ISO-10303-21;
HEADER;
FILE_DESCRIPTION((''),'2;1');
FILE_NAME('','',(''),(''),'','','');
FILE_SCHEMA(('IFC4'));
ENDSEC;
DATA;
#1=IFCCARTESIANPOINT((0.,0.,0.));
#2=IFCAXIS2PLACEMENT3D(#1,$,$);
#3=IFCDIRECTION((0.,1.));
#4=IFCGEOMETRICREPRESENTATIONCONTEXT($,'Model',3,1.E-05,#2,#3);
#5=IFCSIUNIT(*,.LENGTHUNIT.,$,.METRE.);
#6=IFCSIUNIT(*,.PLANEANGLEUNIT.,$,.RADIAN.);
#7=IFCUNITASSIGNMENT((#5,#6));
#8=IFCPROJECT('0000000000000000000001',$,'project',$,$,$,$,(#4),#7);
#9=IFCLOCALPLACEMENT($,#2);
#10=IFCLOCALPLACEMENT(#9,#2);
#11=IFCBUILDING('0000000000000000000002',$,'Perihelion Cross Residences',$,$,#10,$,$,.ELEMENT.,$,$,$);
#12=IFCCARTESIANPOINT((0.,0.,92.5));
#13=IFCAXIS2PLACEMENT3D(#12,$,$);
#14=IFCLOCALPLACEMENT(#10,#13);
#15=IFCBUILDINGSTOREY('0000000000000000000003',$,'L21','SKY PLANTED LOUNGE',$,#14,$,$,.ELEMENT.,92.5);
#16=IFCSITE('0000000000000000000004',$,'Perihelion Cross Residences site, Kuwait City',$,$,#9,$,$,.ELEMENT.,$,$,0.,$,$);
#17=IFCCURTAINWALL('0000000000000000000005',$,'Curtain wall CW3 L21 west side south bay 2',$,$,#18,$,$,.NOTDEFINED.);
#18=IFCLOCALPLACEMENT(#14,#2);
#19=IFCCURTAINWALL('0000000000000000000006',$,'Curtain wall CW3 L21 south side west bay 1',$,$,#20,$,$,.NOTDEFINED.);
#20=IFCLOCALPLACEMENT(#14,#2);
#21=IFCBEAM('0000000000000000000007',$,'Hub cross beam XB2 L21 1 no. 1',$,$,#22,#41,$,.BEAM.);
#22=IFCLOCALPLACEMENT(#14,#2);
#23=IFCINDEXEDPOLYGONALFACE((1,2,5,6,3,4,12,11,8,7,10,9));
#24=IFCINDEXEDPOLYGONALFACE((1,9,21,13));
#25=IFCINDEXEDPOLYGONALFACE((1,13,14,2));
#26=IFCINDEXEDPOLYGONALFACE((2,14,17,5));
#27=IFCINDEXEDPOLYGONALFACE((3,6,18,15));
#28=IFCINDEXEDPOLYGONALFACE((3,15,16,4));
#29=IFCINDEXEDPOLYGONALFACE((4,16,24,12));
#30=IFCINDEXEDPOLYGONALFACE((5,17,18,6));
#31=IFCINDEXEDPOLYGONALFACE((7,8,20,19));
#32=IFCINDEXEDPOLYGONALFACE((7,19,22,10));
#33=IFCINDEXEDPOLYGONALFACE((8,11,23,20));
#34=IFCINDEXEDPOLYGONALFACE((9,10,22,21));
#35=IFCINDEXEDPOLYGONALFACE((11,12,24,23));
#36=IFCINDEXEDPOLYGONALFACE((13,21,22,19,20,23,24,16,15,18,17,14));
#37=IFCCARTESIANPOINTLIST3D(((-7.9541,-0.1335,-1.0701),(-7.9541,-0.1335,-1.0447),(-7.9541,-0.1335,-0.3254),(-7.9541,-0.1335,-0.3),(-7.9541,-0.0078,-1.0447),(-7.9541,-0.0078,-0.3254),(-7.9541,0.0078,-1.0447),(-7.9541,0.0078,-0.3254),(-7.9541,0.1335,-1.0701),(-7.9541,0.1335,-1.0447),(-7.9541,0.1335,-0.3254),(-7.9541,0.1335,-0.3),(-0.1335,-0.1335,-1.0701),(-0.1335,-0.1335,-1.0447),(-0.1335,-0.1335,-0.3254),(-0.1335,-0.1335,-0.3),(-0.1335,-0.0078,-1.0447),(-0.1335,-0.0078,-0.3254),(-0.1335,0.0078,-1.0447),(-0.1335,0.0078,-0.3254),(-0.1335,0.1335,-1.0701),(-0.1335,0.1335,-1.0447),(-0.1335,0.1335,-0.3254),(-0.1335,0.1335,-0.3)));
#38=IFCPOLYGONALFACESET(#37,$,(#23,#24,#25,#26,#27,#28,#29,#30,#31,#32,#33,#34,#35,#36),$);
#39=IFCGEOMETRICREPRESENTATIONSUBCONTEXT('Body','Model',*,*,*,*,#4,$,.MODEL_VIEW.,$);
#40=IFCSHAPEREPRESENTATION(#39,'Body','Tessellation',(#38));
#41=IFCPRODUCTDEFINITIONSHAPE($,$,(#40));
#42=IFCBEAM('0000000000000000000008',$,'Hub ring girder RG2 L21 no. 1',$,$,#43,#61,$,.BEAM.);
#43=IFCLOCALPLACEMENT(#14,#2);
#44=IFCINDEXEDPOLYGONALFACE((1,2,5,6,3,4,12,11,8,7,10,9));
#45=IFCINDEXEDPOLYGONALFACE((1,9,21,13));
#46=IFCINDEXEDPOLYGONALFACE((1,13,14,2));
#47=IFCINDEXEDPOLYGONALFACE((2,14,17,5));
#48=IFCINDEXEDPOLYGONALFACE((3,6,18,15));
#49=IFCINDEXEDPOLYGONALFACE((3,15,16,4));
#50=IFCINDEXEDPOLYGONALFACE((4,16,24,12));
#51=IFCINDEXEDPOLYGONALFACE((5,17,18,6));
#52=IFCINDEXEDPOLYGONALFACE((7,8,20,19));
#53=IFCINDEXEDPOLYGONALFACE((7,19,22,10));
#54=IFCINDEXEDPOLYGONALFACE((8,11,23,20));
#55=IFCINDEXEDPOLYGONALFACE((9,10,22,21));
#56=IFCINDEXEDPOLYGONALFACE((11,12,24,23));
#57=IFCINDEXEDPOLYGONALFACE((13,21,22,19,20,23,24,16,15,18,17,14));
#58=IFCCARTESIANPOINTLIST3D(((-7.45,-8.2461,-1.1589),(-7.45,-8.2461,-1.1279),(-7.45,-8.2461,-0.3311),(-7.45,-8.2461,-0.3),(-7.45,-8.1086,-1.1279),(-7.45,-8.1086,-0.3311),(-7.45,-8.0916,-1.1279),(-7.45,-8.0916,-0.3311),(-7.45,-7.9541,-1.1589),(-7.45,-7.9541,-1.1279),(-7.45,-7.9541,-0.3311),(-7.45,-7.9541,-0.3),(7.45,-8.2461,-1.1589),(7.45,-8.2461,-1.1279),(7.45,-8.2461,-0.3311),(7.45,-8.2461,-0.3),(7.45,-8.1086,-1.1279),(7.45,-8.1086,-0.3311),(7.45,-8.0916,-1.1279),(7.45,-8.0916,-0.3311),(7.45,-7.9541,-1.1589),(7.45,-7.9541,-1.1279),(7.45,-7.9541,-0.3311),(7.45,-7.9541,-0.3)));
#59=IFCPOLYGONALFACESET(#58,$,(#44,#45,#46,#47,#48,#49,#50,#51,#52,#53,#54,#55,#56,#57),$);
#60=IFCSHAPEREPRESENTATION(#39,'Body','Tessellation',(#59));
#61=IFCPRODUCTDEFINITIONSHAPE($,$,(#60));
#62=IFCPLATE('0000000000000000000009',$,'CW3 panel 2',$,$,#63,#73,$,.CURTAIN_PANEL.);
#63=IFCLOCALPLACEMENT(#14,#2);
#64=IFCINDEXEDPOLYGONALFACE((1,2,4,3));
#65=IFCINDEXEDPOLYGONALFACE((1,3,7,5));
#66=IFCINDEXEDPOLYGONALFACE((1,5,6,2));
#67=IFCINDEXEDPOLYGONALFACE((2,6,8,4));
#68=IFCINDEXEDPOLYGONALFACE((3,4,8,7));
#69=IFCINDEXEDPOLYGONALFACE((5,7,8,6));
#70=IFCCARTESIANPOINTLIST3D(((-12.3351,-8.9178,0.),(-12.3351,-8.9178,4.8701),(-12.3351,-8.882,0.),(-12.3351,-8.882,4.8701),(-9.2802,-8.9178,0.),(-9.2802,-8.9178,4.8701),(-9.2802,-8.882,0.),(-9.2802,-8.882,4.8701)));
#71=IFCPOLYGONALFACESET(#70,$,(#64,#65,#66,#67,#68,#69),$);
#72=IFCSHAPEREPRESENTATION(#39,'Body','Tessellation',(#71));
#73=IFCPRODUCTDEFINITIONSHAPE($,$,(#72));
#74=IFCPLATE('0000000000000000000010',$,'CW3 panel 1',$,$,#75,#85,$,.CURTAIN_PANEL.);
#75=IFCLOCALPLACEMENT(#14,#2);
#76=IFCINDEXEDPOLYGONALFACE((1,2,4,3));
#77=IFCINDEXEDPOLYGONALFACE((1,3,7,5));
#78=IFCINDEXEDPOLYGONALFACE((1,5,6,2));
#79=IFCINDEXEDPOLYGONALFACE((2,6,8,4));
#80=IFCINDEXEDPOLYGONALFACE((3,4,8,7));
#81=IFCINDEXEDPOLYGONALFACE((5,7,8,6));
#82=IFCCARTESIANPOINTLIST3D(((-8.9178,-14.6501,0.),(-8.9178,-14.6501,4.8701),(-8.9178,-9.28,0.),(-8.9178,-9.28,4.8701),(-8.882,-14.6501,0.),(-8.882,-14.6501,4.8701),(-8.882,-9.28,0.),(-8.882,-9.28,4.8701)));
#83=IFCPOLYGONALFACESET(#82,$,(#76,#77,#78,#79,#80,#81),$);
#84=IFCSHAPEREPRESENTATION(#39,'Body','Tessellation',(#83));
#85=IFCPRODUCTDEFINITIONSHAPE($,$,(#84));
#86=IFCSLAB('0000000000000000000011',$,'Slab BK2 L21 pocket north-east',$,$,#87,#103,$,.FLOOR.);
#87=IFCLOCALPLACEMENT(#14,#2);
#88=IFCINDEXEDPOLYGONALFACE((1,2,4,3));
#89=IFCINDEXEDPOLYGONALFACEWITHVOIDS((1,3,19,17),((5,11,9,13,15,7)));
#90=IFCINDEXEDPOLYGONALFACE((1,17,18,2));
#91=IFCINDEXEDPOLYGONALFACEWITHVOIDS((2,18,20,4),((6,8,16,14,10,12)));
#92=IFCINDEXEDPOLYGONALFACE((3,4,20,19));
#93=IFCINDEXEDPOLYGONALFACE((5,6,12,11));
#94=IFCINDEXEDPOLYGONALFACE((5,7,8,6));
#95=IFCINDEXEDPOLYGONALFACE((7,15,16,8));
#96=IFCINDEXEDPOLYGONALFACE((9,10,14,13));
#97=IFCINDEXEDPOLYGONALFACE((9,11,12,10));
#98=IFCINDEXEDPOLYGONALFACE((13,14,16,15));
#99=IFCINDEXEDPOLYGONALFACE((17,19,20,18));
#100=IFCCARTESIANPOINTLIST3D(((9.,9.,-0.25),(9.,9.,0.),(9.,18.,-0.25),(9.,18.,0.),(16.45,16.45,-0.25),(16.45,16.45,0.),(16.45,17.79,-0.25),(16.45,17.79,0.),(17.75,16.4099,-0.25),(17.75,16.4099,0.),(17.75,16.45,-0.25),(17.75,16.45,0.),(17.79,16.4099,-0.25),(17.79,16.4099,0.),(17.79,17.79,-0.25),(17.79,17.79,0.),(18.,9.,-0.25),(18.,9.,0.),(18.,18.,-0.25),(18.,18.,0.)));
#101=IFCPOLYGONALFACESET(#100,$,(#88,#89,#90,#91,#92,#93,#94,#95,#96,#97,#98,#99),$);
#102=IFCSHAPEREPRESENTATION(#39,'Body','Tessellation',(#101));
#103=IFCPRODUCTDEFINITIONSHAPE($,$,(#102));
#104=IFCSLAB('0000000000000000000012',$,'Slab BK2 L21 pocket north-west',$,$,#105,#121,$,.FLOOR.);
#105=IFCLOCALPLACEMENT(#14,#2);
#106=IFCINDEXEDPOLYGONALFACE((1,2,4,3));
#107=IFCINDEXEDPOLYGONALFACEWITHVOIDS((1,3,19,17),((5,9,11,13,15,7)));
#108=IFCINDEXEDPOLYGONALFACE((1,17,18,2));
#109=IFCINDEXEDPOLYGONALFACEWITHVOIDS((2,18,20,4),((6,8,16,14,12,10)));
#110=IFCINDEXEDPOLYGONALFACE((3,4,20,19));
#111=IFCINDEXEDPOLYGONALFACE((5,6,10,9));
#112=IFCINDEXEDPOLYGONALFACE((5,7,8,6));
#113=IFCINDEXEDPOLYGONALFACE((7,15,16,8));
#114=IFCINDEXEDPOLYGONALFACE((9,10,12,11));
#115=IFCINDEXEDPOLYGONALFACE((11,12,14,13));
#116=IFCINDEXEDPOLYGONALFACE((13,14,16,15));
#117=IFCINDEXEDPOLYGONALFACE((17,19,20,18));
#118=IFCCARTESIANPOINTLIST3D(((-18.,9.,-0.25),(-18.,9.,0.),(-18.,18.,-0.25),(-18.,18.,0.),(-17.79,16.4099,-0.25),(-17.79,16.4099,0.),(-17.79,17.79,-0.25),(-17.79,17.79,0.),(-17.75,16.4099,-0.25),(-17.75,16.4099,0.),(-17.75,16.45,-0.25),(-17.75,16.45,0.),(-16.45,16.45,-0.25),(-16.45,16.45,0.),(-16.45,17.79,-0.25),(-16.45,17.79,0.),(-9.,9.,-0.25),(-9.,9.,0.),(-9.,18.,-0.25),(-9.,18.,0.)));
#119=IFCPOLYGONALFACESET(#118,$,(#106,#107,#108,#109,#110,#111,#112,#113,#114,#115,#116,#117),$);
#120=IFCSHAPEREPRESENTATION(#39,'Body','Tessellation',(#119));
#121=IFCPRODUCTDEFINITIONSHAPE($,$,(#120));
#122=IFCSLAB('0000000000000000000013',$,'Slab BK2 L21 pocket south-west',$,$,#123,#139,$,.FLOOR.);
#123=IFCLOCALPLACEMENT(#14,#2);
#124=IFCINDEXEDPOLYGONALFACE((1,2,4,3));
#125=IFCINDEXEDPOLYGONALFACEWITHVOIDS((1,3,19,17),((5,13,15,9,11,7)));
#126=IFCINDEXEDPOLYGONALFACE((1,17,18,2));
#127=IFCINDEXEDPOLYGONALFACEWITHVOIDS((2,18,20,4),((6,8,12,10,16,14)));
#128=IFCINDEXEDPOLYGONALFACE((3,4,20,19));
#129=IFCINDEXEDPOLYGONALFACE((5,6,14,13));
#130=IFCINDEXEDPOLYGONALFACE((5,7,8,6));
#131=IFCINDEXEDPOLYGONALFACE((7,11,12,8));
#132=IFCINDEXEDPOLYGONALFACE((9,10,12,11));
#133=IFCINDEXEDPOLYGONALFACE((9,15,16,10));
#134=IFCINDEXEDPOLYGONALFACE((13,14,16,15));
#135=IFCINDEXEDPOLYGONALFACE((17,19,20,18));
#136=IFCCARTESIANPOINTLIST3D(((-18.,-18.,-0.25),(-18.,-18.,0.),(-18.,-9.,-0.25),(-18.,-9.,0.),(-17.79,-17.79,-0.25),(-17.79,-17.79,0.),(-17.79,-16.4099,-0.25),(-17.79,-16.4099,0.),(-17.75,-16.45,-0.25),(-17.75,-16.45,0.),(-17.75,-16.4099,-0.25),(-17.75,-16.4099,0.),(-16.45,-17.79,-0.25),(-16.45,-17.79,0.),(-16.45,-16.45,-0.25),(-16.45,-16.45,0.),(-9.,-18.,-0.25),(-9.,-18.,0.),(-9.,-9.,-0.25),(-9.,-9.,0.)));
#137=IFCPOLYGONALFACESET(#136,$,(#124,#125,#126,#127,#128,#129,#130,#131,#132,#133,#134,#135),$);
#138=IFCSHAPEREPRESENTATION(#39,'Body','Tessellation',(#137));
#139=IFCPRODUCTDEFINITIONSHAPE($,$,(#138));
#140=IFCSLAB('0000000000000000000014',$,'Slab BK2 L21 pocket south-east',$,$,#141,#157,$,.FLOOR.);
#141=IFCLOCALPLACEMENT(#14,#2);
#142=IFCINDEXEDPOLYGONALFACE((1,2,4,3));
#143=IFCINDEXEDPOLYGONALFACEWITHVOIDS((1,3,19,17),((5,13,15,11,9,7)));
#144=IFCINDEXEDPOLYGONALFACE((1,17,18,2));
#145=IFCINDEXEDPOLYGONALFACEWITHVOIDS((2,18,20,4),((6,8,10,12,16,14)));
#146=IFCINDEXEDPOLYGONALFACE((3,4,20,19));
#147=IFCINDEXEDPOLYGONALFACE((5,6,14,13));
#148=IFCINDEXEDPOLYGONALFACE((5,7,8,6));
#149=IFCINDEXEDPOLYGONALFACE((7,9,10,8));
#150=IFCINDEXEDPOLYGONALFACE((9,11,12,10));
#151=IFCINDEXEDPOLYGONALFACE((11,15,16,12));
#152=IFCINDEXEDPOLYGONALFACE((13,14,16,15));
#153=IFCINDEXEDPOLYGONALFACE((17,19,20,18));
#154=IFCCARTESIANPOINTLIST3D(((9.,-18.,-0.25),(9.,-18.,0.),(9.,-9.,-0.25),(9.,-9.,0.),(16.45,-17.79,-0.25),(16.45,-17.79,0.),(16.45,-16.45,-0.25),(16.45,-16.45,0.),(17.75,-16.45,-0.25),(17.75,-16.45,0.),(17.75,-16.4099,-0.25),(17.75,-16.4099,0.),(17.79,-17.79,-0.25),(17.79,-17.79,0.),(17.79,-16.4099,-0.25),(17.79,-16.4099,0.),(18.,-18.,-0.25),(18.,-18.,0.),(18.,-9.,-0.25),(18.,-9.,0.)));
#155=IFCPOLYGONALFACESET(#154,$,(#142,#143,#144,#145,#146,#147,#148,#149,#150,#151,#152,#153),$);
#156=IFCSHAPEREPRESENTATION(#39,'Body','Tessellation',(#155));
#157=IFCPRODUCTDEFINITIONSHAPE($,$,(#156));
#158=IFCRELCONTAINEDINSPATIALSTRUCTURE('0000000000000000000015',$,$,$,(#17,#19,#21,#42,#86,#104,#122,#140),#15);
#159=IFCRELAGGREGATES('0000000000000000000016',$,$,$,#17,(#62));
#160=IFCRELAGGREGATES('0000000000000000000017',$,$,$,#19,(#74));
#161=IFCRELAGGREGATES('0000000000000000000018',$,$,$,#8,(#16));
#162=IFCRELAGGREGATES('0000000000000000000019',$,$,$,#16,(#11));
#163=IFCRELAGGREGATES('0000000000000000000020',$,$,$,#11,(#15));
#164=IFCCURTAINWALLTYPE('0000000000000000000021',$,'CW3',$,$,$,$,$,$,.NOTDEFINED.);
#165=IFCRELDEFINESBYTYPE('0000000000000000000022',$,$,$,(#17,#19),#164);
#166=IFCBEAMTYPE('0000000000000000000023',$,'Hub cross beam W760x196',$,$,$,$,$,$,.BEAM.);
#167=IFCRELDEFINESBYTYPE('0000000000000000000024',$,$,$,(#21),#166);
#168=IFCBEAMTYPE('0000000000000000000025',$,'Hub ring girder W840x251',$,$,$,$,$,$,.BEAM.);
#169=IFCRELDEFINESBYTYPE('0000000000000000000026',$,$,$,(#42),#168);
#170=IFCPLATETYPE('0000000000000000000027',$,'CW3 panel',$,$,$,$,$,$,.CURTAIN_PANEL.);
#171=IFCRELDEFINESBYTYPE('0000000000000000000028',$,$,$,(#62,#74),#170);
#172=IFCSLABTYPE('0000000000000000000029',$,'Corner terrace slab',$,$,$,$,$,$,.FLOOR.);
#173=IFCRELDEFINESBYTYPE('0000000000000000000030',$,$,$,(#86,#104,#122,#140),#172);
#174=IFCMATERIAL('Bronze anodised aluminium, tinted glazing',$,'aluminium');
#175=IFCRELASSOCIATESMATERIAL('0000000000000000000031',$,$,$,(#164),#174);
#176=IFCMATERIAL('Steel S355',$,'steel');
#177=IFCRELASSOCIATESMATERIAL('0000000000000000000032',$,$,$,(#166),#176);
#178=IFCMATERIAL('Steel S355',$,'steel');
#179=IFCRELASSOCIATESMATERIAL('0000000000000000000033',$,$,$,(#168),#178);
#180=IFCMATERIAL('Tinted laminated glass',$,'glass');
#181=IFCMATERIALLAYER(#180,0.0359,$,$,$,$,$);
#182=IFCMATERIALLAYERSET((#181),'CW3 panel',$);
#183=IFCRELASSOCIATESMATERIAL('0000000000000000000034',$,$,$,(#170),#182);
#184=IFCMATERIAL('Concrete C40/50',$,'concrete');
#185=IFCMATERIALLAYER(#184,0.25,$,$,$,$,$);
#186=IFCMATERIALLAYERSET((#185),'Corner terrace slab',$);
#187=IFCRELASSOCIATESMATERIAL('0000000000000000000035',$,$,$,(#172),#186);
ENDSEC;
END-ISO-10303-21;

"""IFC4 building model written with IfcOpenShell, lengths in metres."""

from ifc_helpers import new_model, si_unit, direction, frame, origin, origin_2d, place, context, subcontext, project, spatial, polyline, rectangle, i_section, outline, extrude, material, layer, layer_set, material_profile, profile_set, type_object, element, aggregate, save


model = new_model("IFC4")

# Units and contexts
model_context = context("Model", 3, precision=1e-05, world=origin(), true_north=direction((0.0, 1.0)))
body_context = subcontext(model_context, "Body", "Model", "MODEL_VIEW")
ifc_project = project(units=[si_unit("LENGTHUNIT", "METRE"), si_unit("PLANEANGLEUNIT", "RADIAN")], contexts=[model_context])

# Site, building, storey
site_placement = place(None, origin())
site = spatial("IfcSite", under=ifc_project, at=site_placement, Name="Perihelion Cross Residences site, Kuwait City", CompositionType="ELEMENT", RefElevation=0.0)
building_placement = place(site_placement, origin())
building = spatial("IfcBuilding", under=site, at=building_placement, Name="Perihelion Cross Residences", CompositionType="ELEMENT")
storey_placement = place(building_placement, frame((0.0, 0.0, 92.5)))
storey = spatial("IfcBuildingStorey", under=building, at=storey_placement, Name="L21", Description="SKY PLANTED LOUNGE", CompositionType="ELEMENT", Elevation=92.5)

# Curtain walls
ifc_material_1 = material(Name="Bronze anodised aluminium, tinted glazing", Category="aluminium")
curtain_wall_type = type_object("IfcCurtainWallType", Name="CW3", PredefinedType="NOTDEFINED", material=ifc_material_1)
curtain_wall_1_placement = place(storey_placement, origin())
curtain_wall_1 = element("IfcCurtainWall", 1, at=curtain_wall_1_placement, inside=storey, type_object=curtain_wall_type, Name="Curtain wall CW3 L21 west side south bay 2", PredefinedType="NOTDEFINED")
curtain_wall_2_placement = place(storey_placement, origin())
curtain_wall_2 = element("IfcCurtainWall", 2, at=curtain_wall_2_placement, inside=storey, type_object=curtain_wall_type, Name="Curtain wall CW3 L21 south side west bay 1", PredefinedType="NOTDEFINED")

# Beams
ifc_material_2 = material(Name="Steel S355", Category="steel")
ifc_material_profile_1 = material_profile(ifc_material_2, i_section(OverallWidth=0.2671, OverallDepth=0.77, WebThickness=0.0156, FlangeThickness=0.0254, at=origin_2d()), Name="W760x196")
ifc_profile_set_1 = profile_set([ifc_material_profile_1], Name="Steel S355")
beam_type_1 = type_object("IfcBeamType", Name="Hub cross beam W760x196", PredefinedType="BEAM", material=ifc_profile_set_1)
beam_1_placement = place(storey_placement, frame((-7.9541, 0.0, -0.6851), z_axis=(1.0, 0.0, 0.0), x_axis=(0.0, 1.0, 0.0)))
element("IfcBeam", 3, at=beam_1_placement, inside=storey, type_object=beam_type_1, Name="Hub cross beam XB2 L21 1 no. 1", PredefinedType="BEAM", context=body_context, shape_type="SweptSolid", body=[
    extrude(i_section(OverallWidth=0.2671, OverallDepth=0.77, WebThickness=0.0156, FlangeThickness=0.0254, at=origin_2d()), origin(), (0.0, 0.0, 1.0), 7.8206),
])
ifc_material_3 = material(Name="Steel S355", Category="steel")
ifc_material_profile_2 = material_profile(ifc_material_3, i_section(OverallWidth=0.292, OverallDepth=0.8589, WebThickness=0.0171, FlangeThickness=0.031, at=origin_2d()), Name="W840x251")
ifc_profile_set_2 = profile_set([ifc_material_profile_2], Name="Steel S355")
beam_type_2 = type_object("IfcBeamType", Name="Hub ring girder W840x251", PredefinedType="BEAM", material=ifc_profile_set_2)
beam_2_placement = place(storey_placement, frame((-7.45, -8.1001, -0.7295), z_axis=(1.0, 0.0, 0.0), x_axis=(0.0, 1.0, 0.0)))
element("IfcBeam", 4, at=beam_2_placement, inside=storey, type_object=beam_type_2, Name="Hub ring girder RG2 L21 no. 1", PredefinedType="BEAM", context=body_context, shape_type="SweptSolid", body=[
    extrude(i_section(OverallWidth=0.292, OverallDepth=0.8589, WebThickness=0.0171, FlangeThickness=0.031, at=origin_2d()), origin(), (0.0, 0.0, 1.0), 14.8999),
])

# Plates
ifc_material_4 = material(Name="Tinted laminated glass", Category="glass")
ifc_layer_1 = layer(ifc_material_4, 0.0359)
ifc_layer_set_1 = layer_set([ifc_layer_1], Name="CW3 panel")
plate_type = type_object("IfcPlateType", Name="CW3 panel", PredefinedType="CURTAIN_PANEL", material=ifc_layer_set_1)
plate_1_placement = place(storey_placement, frame((-10.8076, -8.8999, 0.0), z_axis=(0.0, 0.0, 1.0), x_axis=(1.0, 0.0, 0.0)))
plate_1 = element("IfcPlate", 5, at=plate_1_placement, type_object=plate_type, Name="CW3 panel 2", PredefinedType="CURTAIN_PANEL", context=body_context, shape_type="SweptSolid", body=[
    extrude(rectangle(XDim=3.0549, YDim=0.0359, at=origin_2d()), origin(), (0.0, 0.0, 1.0), 4.8701),
])
aggregate(curtain_wall_1, [plate_1])
plate_2_placement = place(storey_placement, frame((-8.8999, -11.9651, 0.0), z_axis=(0.0, 0.0, 1.0), x_axis=(0.0, -1.0, 0.0)))
plate_2 = element("IfcPlate", 6, at=plate_2_placement, type_object=plate_type, Name="CW3 panel 1", PredefinedType="CURTAIN_PANEL", context=body_context, shape_type="SweptSolid", body=[
    extrude(rectangle(XDim=5.3701, YDim=0.0359, at=origin_2d()), origin(), (0.0, 0.0, 1.0), 4.8701),
])
aggregate(curtain_wall_2, [plate_2])

# Slabs
ifc_material_5 = material(Name="Concrete C40/50", Category="concrete")
ifc_layer_2 = layer(ifc_material_5, 0.25)
ifc_layer_set_2 = layer_set([ifc_layer_2], Name="Corner terrace slab")
slab_type_1 = type_object("IfcSlabType", Name="Corner terrace slab", PredefinedType="FLOOR", material=ifc_layer_set_2)
slab_1_placement = place(storey_placement, frame((0.0, 0.0, -0.25)))
element("IfcSlab", 7, at=slab_1_placement, inside=storey, type_object=slab_type_1, Name="Slab BK2 L21 pocket north-east", PredefinedType="FLOOR", context=body_context, shape_type="SweptSolid", body=[
    extrude(outline(polyline([(18.0, 9.0), (18.0, 18.0), (9.0, 18.0), (9.0, 9.0), (18.0, 9.0)]), holes=[polyline([(16.45, 16.45), (16.45, 17.79), (17.79, 17.79), (17.79, 16.4099), (17.75, 16.4099), (17.75, 16.45), (16.45, 16.45)])]), origin(), (0.0, 0.0, 1.0), 0.25),
])
slab_2_placement = place(storey_placement, frame((0.0, 0.0, -0.25)))
element("IfcSlab", 8, at=slab_2_placement, inside=storey, type_object=slab_type_1, Name="Slab BK2 L21 pocket north-west", PredefinedType="FLOOR", context=body_context, shape_type="SweptSolid", body=[
    extrude(outline(polyline([(-9.0, 9.0), (-9.0, 18.0), (-18.0, 18.0), (-18.0, 9.0), (-9.0, 9.0)]), holes=[polyline([(-17.79, 16.4099), (-17.79, 17.79), (-16.45, 17.79), (-16.45, 16.45), (-17.75, 16.45), (-17.75, 16.4099), (-17.79, 16.4099)])]), origin(), (0.0, 0.0, 1.0), 0.25),
])
slab_3_placement = place(storey_placement, frame((0.0, 0.0, -0.25)))
element("IfcSlab", 9, at=slab_3_placement, inside=storey, type_object=slab_type_1, Name="Slab BK2 L21 pocket south-west", PredefinedType="FLOOR", context=body_context, shape_type="SweptSolid", body=[
    extrude(outline(polyline([(-9.0, -18.0), (-9.0, -9.0), (-18.0, -9.0), (-18.0, -18.0), (-9.0, -18.0)]), holes=[polyline([(-17.79, -16.4099), (-17.75, -16.4099), (-17.75, -16.45), (-16.45, -16.45), (-16.45, -17.79), (-17.79, -17.79), (-17.79, -16.4099)])]), origin(), (0.0, 0.0, 1.0), 0.25),
])
slab_4_placement = place(storey_placement, frame((0.0, 0.0, -0.25)))
element("IfcSlab", 10, at=slab_4_placement, inside=storey, type_object=slab_type_1, Name="Slab BK2 L21 pocket south-east", PredefinedType="FLOOR", context=body_context, shape_type="SweptSolid", body=[
    extrude(outline(polyline([(18.0, -18.0), (18.0, -9.0), (9.0, -9.0), (9.0, -18.0), (18.0, -18.0)]), holes=[polyline([(16.45, -17.79), (16.45, -16.45), (17.75, -16.45), (17.75, -16.4099), (17.79, -16.4099), (17.79, -17.79), (16.45, -17.79)])]), origin(), (0.0, 0.0, 1.0), 0.25),
])

save(model, "model.ifc")
